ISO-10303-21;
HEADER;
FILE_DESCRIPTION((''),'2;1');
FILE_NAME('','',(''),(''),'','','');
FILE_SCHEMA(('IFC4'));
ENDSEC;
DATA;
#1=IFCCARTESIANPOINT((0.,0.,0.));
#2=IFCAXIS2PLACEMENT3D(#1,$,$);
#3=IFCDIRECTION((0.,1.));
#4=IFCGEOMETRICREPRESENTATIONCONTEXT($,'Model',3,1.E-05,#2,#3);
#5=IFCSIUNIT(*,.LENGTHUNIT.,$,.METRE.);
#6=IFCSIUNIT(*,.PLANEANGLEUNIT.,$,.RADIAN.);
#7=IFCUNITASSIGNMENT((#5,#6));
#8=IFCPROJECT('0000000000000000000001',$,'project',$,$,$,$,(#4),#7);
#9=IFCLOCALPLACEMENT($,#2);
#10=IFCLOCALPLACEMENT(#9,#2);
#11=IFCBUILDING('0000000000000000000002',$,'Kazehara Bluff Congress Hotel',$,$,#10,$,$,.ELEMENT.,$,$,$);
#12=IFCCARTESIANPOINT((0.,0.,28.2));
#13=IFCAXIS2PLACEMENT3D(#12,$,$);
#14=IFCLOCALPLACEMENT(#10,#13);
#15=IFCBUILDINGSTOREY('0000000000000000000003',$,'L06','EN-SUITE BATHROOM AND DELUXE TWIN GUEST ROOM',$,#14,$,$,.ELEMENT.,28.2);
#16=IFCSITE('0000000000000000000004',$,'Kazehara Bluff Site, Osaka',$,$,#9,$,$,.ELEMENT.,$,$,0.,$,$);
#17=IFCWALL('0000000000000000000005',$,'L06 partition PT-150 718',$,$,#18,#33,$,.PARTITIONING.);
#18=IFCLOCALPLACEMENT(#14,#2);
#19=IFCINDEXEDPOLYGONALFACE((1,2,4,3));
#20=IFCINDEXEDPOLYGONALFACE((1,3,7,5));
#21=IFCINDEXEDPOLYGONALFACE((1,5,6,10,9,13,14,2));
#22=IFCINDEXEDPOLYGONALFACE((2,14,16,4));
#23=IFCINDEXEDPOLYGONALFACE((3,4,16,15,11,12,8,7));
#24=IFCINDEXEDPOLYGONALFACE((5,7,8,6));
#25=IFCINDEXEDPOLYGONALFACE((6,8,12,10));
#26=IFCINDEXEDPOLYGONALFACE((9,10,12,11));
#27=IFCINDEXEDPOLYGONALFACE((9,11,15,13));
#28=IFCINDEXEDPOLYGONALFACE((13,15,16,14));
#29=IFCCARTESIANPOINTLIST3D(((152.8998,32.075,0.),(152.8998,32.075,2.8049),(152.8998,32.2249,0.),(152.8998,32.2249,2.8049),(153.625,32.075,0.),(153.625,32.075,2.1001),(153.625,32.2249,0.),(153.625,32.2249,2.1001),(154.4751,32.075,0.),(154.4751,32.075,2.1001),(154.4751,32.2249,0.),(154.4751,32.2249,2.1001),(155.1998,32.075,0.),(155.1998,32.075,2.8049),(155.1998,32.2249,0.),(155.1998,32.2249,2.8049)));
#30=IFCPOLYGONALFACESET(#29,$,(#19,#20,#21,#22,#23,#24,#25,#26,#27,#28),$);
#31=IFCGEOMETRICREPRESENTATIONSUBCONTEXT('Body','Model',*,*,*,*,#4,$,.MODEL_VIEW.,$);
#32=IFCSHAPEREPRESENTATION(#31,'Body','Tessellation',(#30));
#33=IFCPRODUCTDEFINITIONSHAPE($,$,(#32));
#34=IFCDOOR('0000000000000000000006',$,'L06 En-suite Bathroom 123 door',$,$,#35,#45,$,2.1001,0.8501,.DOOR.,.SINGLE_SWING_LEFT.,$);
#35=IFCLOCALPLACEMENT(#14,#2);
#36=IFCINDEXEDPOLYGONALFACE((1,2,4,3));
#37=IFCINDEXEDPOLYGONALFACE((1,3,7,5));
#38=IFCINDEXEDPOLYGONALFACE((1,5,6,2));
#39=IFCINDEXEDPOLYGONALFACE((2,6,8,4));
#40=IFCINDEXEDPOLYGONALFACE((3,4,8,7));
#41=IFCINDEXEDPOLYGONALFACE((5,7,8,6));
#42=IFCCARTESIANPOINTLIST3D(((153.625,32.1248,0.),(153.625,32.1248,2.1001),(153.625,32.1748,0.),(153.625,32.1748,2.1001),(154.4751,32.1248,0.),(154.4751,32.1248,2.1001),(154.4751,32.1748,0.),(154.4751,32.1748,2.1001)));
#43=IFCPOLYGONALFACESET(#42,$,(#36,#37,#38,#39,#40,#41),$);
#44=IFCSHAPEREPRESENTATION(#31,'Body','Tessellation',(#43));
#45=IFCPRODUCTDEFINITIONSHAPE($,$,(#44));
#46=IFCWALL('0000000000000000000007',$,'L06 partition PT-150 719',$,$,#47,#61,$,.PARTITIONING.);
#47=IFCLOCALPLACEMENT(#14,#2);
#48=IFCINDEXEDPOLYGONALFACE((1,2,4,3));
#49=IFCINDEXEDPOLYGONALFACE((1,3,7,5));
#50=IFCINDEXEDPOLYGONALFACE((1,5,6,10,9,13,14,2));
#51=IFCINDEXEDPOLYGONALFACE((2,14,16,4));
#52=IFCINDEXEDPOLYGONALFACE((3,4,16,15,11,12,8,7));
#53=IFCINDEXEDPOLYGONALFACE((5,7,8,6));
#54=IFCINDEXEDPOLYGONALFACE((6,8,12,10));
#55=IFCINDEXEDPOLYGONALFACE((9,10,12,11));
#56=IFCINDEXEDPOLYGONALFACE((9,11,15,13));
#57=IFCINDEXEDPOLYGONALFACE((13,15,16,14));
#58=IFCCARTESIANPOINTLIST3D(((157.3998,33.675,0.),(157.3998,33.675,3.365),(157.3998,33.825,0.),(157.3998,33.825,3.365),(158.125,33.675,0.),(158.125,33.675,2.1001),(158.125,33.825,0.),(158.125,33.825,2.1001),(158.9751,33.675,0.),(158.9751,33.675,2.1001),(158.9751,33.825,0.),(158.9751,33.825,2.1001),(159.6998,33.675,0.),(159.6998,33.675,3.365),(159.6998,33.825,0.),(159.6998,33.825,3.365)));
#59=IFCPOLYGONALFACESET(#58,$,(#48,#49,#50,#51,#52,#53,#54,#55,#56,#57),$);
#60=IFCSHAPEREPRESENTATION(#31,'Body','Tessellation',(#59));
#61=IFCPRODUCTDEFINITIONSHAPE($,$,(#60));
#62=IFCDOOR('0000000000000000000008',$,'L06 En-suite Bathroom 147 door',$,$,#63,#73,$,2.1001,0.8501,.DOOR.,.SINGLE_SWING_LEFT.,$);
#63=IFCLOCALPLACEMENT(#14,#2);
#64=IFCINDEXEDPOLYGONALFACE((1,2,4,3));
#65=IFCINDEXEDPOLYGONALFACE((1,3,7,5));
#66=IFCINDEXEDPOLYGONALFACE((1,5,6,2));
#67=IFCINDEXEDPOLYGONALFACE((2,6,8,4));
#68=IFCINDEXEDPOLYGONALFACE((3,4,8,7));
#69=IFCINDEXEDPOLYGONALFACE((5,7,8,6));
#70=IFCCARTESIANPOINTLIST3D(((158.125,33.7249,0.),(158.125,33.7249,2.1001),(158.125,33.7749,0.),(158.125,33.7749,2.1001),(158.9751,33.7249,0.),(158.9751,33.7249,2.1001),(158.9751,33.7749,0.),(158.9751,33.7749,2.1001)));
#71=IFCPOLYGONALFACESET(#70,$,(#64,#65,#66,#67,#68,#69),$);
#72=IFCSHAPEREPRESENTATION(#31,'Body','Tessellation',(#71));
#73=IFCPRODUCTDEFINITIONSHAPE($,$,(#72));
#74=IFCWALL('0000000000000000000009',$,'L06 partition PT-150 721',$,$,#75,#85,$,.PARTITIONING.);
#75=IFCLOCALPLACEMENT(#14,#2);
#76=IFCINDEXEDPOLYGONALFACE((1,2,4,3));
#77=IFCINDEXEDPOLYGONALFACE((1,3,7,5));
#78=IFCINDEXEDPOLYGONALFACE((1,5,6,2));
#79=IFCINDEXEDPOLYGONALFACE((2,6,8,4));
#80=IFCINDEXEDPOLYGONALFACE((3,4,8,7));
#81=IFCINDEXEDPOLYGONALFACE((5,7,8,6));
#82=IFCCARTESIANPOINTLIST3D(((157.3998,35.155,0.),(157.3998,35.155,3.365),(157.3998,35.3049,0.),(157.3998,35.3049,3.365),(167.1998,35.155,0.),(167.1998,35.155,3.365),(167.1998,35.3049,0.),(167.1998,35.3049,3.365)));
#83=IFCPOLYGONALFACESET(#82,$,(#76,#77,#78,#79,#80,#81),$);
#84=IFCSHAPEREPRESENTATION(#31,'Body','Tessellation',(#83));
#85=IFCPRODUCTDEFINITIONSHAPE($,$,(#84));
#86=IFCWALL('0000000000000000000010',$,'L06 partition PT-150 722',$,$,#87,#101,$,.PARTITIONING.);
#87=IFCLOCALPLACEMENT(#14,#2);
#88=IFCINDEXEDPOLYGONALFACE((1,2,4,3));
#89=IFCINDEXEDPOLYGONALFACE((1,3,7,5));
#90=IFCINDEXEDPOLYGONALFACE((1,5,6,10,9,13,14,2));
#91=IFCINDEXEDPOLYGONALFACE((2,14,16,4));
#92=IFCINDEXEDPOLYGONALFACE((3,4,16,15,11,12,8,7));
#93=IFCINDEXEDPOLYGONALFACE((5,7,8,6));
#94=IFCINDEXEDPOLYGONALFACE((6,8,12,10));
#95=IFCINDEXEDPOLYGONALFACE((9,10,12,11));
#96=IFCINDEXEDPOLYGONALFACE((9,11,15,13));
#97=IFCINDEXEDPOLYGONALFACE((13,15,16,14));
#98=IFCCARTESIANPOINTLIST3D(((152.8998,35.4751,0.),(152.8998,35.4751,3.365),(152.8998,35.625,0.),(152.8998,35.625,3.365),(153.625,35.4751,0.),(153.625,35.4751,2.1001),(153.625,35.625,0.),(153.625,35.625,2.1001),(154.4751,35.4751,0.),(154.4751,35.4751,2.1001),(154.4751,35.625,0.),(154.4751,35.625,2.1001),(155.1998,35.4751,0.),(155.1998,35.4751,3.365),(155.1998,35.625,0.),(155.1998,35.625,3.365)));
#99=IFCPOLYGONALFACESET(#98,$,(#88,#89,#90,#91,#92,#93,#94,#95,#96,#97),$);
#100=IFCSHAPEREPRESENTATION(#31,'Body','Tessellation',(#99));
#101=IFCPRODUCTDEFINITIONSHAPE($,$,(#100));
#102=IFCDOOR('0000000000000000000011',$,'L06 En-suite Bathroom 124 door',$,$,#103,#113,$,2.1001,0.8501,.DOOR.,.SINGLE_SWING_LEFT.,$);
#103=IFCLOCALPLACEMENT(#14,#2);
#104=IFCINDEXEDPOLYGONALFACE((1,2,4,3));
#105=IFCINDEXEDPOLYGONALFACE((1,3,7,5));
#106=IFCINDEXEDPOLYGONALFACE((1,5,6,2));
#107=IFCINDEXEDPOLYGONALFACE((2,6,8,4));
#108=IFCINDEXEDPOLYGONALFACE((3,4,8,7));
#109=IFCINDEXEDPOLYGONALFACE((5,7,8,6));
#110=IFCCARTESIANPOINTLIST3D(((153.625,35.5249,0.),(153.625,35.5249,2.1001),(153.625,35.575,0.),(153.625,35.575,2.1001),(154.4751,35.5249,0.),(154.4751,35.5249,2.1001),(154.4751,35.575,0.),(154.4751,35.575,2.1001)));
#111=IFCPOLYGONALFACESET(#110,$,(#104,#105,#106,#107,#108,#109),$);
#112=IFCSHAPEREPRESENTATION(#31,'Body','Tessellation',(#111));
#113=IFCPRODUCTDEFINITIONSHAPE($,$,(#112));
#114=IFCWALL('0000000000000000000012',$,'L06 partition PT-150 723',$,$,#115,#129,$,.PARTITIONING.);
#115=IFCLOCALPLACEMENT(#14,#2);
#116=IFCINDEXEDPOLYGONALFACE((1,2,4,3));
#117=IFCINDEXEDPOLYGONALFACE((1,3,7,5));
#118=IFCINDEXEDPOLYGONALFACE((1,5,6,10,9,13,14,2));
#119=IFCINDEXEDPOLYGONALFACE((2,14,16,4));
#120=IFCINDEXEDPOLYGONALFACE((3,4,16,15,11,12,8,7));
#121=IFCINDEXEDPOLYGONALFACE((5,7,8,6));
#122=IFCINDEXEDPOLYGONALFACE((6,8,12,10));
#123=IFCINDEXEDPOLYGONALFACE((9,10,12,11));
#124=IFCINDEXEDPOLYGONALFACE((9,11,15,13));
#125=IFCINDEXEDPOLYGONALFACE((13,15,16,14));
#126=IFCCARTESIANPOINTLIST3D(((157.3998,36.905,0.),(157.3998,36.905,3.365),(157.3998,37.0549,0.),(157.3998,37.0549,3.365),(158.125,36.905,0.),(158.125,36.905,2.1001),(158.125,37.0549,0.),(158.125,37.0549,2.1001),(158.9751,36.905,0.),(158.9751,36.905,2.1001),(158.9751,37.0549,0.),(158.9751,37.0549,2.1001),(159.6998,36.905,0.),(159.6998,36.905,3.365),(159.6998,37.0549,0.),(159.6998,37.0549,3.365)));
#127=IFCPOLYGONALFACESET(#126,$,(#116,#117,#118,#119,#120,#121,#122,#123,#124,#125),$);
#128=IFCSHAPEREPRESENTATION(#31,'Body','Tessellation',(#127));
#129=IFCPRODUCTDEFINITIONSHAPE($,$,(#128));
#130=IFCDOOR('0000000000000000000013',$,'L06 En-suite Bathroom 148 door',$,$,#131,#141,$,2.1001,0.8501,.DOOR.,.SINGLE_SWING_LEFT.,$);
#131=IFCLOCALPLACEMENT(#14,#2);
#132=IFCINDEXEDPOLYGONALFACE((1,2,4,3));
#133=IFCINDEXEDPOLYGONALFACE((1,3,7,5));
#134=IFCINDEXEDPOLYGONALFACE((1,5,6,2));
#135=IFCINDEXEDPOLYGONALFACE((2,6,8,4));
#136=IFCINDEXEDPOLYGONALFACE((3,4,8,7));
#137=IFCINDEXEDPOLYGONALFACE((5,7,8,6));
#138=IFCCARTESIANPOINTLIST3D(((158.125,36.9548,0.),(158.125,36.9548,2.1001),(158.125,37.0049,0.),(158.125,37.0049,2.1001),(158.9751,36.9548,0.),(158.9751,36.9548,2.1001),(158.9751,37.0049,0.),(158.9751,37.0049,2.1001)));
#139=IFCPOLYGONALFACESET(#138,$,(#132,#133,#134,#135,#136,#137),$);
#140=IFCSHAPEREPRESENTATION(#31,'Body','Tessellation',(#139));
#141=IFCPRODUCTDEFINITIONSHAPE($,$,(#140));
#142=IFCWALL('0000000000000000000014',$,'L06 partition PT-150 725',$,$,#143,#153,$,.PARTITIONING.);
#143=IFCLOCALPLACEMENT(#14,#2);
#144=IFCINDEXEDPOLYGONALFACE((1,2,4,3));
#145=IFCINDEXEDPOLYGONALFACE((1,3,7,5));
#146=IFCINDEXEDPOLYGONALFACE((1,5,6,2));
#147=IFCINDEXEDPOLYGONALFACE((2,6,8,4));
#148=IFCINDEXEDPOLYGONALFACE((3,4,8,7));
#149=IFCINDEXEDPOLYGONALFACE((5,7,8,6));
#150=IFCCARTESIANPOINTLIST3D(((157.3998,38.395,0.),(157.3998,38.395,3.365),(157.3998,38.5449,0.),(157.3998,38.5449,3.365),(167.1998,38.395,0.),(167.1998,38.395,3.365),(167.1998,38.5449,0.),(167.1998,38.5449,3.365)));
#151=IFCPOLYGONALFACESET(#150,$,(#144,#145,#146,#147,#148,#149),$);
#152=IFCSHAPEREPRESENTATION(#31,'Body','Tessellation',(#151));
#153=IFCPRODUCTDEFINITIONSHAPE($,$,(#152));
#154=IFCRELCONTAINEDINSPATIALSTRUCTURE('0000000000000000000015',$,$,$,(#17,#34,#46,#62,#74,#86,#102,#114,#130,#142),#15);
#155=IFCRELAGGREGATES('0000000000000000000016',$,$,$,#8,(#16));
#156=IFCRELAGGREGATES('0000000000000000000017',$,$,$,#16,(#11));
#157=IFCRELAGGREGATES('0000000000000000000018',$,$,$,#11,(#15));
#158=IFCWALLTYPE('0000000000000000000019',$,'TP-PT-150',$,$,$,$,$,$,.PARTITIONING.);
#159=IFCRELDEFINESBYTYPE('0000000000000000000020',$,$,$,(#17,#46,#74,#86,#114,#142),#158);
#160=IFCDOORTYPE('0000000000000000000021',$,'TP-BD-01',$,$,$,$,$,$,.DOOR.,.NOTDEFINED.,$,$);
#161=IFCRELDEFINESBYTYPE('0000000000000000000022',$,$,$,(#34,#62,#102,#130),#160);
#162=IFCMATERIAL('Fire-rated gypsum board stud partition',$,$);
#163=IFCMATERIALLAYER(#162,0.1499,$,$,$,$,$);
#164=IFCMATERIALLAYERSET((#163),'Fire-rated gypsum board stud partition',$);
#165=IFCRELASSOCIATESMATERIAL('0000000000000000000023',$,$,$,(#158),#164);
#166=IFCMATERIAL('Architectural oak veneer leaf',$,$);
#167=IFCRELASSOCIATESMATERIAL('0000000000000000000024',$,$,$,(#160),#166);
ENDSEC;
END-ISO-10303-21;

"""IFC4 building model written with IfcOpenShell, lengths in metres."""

from ifc_helpers import new_model, si_unit, direction, frame, frame_2d, origin, place, context, subcontext, project, spatial, rectangle, extrude, material, layer, layer_set, type_object, element, fill, save


model = new_model("IFC4")

# Units and contexts
model_context = context("Model", 3, precision=1e-05, world=origin(), true_north=direction((0.0, 1.0)))
body_context = subcontext(model_context, "Body", "Model", "MODEL_VIEW")
ifc_project = project(units=[si_unit("LENGTHUNIT", "METRE"), si_unit("PLANEANGLEUNIT", "RADIAN")], contexts=[model_context])

# Site, building, storey
site_placement = place(None, origin())
site = spatial("IfcSite", under=ifc_project, at=site_placement, Name="Kazehara Bluff Site, Osaka", CompositionType="ELEMENT", RefElevation=0.0)
building_placement = place(site_placement, origin())
building = spatial("IfcBuilding", under=site, at=building_placement, Name="Kazehara Bluff Congress Hotel", CompositionType="ELEMENT")
storey_placement = place(building_placement, frame((0.0, 0.0, 28.2)))
storey = spatial("IfcBuildingStorey", under=building, at=storey_placement, Name="L06", Description="EN-SUITE BATHROOM AND DELUXE TWIN GUEST ROOM", CompositionType="ELEMENT", Elevation=28.2)

# Shared definitions
ifc_material_1 = material(Name="Fire-rated gypsum board stud partition")
ifc_layer = layer(ifc_material_1, 0.1499)
ifc_layer_set = layer_set([ifc_layer], Name="Fire-rated gypsum board stud partition")
wall_type = type_object("IfcWallType", Name="TP-PT-150", PredefinedType="PARTITIONING", material=ifc_layer_set)

# Walls, openings, doors
wall_1_placement = place(storey_placement, frame((152.8999, 32.1499, 0.0), z_axis=(0.0, 0.0, 1.0), x_axis=(1.0, 0.0, 0.0)))
wall_1 = element("IfcWall", 1, at=wall_1_placement, inside=storey, type_object=wall_type, Name="L06 partition PT-150 718", PredefinedType="PARTITIONING", context=body_context, shape_type="SweptSolid", body=[
    extrude(rectangle(XDim=2.3, YDim=0.1499, at=frame_2d((1.1499, 0.0))), origin(), (0.0, 0.0, 1.0), 2.8049),
])
opening_1_placement = place(wall_1_placement, frame((0.7251, 0.0, 0.0)))
opening_1 = element("IfcOpeningElement", 2, at=opening_1_placement, cuts=wall_1, PredefinedType="OPENING", context=body_context, shape_type="SweptSolid", body=[
    extrude(rectangle(XDim=0.8501, YDim=2.1001, at=frame_2d((0.425, 1.05))), frame((0.0, 0.085, 0.0), z_axis=(0.0, -1.0, 0.0), x_axis=(1.0, 0.0, 0.0)), (0.0, 0.0, 1.0), 0.1699),
])
ifc_material_2 = material(Name="Architectural oak veneer leaf")
door_type = type_object("IfcDoorType", Name="TP-BD-01", OperationType="NOTDEFINED", PredefinedType="DOOR", material=ifc_material_2)
door_1_placement = place(opening_1_placement, origin())
door_1 = element("IfcDoor", 3, at=door_1_placement, inside=storey, type_object=door_type, Name="L06 En-suite Bathroom 123 door", OperationType="SINGLE_SWING_LEFT", OverallHeight=2.1001, OverallWidth=0.8501, PredefinedType="DOOR", context=body_context, shape_type="SweptSolid", body=[
    extrude(rectangle(XDim=0.8501, YDim=2.1001, at=frame_2d((0.425, 1.05))), frame((0.0, 0.0249, 0.0), z_axis=(0.0, -1.0, 0.0), x_axis=(1.0, 0.0, 0.0)), (0.0, 0.0, 1.0), 0.05),
])
fill(opening_1, door_1)
wall_2_placement = place(storey_placement, frame((157.3999, 33.75, 0.0), z_axis=(0.0, 0.0, 1.0), x_axis=(1.0, 0.0, 0.0)))
wall_2 = element("IfcWall", 4, at=wall_2_placement, inside=storey, type_object=wall_type, Name="L06 partition PT-150 719", PredefinedType="PARTITIONING", context=body_context, shape_type="SweptSolid", body=[
    extrude(rectangle(XDim=2.3, YDim=0.1499, at=frame_2d((1.1499, 0.0))), origin(), (0.0, 0.0, 1.0), 3.365),
])
opening_2_placement = place(wall_2_placement, frame((0.7251, 0.0, 0.0)))
opening_2 = element("IfcOpeningElement", 5, at=opening_2_placement, cuts=wall_2, PredefinedType="OPENING", context=body_context, shape_type="SweptSolid", body=[
    extrude(rectangle(XDim=0.8501, YDim=2.1001, at=frame_2d((0.425, 1.05))), frame((0.0, 0.085, 0.0), z_axis=(0.0, -1.0, 0.0), x_axis=(1.0, 0.0, 0.0)), (0.0, 0.0, 1.0), 0.1699),
])
door_2_placement = place(opening_2_placement, origin())
door_2 = element("IfcDoor", 6, at=door_2_placement, inside=storey, type_object=door_type, Name="L06 En-suite Bathroom 147 door", OperationType="SINGLE_SWING_LEFT", OverallHeight=2.1001, OverallWidth=0.8501, PredefinedType="DOOR", context=body_context, shape_type="SweptSolid", body=[
    extrude(rectangle(XDim=0.8501, YDim=2.1001, at=frame_2d((0.425, 1.05))), frame((0.0, 0.0249, 0.0), z_axis=(0.0, -1.0, 0.0), x_axis=(1.0, 0.0, 0.0)), (0.0, 0.0, 1.0), 0.05),
])
fill(opening_2, door_2)

# Wall
wall_3_placement = place(storey_placement, frame((157.3999, 35.23, 0.0), z_axis=(0.0, 0.0, 1.0), x_axis=(1.0, 0.0, 0.0)))
element("IfcWall", 7, at=wall_3_placement, inside=storey, type_object=wall_type, Name="L06 partition PT-150 721", PredefinedType="PARTITIONING", context=body_context, shape_type="SweptSolid", body=[
    extrude(rectangle(XDim=9.8, YDim=0.1499, at=frame_2d((4.8999, 0.0))), origin(), (0.0, 0.0, 1.0), 3.365),
])

# Walls, openings, doors
wall_4_placement = place(storey_placement, frame((152.8999, 35.55, 0.0), z_axis=(0.0, 0.0, 1.0), x_axis=(1.0, 0.0, 0.0)))
wall_4 = element("IfcWall", 8, at=wall_4_placement, inside=storey, type_object=wall_type, Name="L06 partition PT-150 722", PredefinedType="PARTITIONING", context=body_context, shape_type="SweptSolid", body=[
    extrude(rectangle(XDim=2.3, YDim=0.1499, at=frame_2d((1.1499, 0.0))), origin(), (0.0, 0.0, 1.0), 3.365),
])
opening_3_placement = place(wall_4_placement, frame((0.7251, 0.0, 0.0)))
opening_3 = element("IfcOpeningElement", 9, at=opening_3_placement, cuts=wall_4, PredefinedType="OPENING", context=body_context, shape_type="SweptSolid", body=[
    extrude(rectangle(XDim=0.8501, YDim=2.1001, at=frame_2d((0.425, 1.05))), frame((0.0, 0.085, 0.0), z_axis=(0.0, -1.0, 0.0), x_axis=(1.0, 0.0, 0.0)), (0.0, 0.0, 1.0), 0.1699),
])
door_3_placement = place(opening_3_placement, origin())
door_3 = element("IfcDoor", 10, at=door_3_placement, inside=storey, type_object=door_type, Name="L06 En-suite Bathroom 124 door", OperationType="SINGLE_SWING_LEFT", OverallHeight=2.1001, OverallWidth=0.8501, PredefinedType="DOOR", context=body_context, shape_type="SweptSolid", body=[
    extrude(rectangle(XDim=0.8501, YDim=2.1001, at=frame_2d((0.425, 1.05))), frame((0.0, 0.0249, 0.0), z_axis=(0.0, -1.0, 0.0), x_axis=(1.0, 0.0, 0.0)), (0.0, 0.0, 1.0), 0.05),
])
fill(opening_3, door_3)
wall_5_placement = place(storey_placement, frame((157.3999, 36.98, 0.0), z_axis=(0.0, 0.0, 1.0), x_axis=(1.0, 0.0, 0.0)))
wall_5 = element("IfcWall", 11, at=wall_5_placement, inside=storey, type_object=wall_type, Name="L06 partition PT-150 723", PredefinedType="PARTITIONING", context=body_context, shape_type="SweptSolid", body=[
    extrude(rectangle(XDim=2.3, YDim=0.1499, at=frame_2d((1.1499, 0.0))), origin(), (0.0, 0.0, 1.0), 3.365),
])
opening_4_placement = place(wall_5_placement, frame((0.7251, 0.0, 0.0)))
opening_4 = element("IfcOpeningElement", 12, at=opening_4_placement, cuts=wall_5, PredefinedType="OPENING", context=body_context, shape_type="SweptSolid", body=[
    extrude(rectangle(XDim=0.8501, YDim=2.1001, at=frame_2d((0.425, 1.05))), frame((0.0, 0.085, 0.0), z_axis=(0.0, -1.0, 0.0), x_axis=(1.0, 0.0, 0.0)), (0.0, 0.0, 1.0), 0.1699),
])
door_4_placement = place(opening_4_placement, origin())
door_4 = element("IfcDoor", 13, at=door_4_placement, inside=storey, type_object=door_type, Name="L06 En-suite Bathroom 148 door", OperationType="SINGLE_SWING_LEFT", OverallHeight=2.1001, OverallWidth=0.8501, PredefinedType="DOOR", context=body_context, shape_type="SweptSolid", body=[
    extrude(rectangle(XDim=0.8501, YDim=2.1001, at=frame_2d((0.425, 1.05))), frame((0.0, 0.0249, 0.0), z_axis=(0.0, -1.0, 0.0), x_axis=(1.0, 0.0, 0.0)), (0.0, 0.0, 1.0), 0.05),
])
fill(opening_4, door_4)

# Wall
wall_6_placement = place(storey_placement, frame((157.3999, 38.47, 0.0), z_axis=(0.0, 0.0, 1.0), x_axis=(1.0, 0.0, 0.0)))
element("IfcWall", 14, at=wall_6_placement, inside=storey, type_object=wall_type, Name="L06 partition PT-150 725", PredefinedType="PARTITIONING", context=body_context, shape_type="SweptSolid", body=[
    extrude(rectangle(XDim=9.8, YDim=0.1499, at=frame_2d((4.8999, 0.0))), origin(), (0.0, 0.0, 1.0), 3.365),
])

save(model, "model.ifc")
